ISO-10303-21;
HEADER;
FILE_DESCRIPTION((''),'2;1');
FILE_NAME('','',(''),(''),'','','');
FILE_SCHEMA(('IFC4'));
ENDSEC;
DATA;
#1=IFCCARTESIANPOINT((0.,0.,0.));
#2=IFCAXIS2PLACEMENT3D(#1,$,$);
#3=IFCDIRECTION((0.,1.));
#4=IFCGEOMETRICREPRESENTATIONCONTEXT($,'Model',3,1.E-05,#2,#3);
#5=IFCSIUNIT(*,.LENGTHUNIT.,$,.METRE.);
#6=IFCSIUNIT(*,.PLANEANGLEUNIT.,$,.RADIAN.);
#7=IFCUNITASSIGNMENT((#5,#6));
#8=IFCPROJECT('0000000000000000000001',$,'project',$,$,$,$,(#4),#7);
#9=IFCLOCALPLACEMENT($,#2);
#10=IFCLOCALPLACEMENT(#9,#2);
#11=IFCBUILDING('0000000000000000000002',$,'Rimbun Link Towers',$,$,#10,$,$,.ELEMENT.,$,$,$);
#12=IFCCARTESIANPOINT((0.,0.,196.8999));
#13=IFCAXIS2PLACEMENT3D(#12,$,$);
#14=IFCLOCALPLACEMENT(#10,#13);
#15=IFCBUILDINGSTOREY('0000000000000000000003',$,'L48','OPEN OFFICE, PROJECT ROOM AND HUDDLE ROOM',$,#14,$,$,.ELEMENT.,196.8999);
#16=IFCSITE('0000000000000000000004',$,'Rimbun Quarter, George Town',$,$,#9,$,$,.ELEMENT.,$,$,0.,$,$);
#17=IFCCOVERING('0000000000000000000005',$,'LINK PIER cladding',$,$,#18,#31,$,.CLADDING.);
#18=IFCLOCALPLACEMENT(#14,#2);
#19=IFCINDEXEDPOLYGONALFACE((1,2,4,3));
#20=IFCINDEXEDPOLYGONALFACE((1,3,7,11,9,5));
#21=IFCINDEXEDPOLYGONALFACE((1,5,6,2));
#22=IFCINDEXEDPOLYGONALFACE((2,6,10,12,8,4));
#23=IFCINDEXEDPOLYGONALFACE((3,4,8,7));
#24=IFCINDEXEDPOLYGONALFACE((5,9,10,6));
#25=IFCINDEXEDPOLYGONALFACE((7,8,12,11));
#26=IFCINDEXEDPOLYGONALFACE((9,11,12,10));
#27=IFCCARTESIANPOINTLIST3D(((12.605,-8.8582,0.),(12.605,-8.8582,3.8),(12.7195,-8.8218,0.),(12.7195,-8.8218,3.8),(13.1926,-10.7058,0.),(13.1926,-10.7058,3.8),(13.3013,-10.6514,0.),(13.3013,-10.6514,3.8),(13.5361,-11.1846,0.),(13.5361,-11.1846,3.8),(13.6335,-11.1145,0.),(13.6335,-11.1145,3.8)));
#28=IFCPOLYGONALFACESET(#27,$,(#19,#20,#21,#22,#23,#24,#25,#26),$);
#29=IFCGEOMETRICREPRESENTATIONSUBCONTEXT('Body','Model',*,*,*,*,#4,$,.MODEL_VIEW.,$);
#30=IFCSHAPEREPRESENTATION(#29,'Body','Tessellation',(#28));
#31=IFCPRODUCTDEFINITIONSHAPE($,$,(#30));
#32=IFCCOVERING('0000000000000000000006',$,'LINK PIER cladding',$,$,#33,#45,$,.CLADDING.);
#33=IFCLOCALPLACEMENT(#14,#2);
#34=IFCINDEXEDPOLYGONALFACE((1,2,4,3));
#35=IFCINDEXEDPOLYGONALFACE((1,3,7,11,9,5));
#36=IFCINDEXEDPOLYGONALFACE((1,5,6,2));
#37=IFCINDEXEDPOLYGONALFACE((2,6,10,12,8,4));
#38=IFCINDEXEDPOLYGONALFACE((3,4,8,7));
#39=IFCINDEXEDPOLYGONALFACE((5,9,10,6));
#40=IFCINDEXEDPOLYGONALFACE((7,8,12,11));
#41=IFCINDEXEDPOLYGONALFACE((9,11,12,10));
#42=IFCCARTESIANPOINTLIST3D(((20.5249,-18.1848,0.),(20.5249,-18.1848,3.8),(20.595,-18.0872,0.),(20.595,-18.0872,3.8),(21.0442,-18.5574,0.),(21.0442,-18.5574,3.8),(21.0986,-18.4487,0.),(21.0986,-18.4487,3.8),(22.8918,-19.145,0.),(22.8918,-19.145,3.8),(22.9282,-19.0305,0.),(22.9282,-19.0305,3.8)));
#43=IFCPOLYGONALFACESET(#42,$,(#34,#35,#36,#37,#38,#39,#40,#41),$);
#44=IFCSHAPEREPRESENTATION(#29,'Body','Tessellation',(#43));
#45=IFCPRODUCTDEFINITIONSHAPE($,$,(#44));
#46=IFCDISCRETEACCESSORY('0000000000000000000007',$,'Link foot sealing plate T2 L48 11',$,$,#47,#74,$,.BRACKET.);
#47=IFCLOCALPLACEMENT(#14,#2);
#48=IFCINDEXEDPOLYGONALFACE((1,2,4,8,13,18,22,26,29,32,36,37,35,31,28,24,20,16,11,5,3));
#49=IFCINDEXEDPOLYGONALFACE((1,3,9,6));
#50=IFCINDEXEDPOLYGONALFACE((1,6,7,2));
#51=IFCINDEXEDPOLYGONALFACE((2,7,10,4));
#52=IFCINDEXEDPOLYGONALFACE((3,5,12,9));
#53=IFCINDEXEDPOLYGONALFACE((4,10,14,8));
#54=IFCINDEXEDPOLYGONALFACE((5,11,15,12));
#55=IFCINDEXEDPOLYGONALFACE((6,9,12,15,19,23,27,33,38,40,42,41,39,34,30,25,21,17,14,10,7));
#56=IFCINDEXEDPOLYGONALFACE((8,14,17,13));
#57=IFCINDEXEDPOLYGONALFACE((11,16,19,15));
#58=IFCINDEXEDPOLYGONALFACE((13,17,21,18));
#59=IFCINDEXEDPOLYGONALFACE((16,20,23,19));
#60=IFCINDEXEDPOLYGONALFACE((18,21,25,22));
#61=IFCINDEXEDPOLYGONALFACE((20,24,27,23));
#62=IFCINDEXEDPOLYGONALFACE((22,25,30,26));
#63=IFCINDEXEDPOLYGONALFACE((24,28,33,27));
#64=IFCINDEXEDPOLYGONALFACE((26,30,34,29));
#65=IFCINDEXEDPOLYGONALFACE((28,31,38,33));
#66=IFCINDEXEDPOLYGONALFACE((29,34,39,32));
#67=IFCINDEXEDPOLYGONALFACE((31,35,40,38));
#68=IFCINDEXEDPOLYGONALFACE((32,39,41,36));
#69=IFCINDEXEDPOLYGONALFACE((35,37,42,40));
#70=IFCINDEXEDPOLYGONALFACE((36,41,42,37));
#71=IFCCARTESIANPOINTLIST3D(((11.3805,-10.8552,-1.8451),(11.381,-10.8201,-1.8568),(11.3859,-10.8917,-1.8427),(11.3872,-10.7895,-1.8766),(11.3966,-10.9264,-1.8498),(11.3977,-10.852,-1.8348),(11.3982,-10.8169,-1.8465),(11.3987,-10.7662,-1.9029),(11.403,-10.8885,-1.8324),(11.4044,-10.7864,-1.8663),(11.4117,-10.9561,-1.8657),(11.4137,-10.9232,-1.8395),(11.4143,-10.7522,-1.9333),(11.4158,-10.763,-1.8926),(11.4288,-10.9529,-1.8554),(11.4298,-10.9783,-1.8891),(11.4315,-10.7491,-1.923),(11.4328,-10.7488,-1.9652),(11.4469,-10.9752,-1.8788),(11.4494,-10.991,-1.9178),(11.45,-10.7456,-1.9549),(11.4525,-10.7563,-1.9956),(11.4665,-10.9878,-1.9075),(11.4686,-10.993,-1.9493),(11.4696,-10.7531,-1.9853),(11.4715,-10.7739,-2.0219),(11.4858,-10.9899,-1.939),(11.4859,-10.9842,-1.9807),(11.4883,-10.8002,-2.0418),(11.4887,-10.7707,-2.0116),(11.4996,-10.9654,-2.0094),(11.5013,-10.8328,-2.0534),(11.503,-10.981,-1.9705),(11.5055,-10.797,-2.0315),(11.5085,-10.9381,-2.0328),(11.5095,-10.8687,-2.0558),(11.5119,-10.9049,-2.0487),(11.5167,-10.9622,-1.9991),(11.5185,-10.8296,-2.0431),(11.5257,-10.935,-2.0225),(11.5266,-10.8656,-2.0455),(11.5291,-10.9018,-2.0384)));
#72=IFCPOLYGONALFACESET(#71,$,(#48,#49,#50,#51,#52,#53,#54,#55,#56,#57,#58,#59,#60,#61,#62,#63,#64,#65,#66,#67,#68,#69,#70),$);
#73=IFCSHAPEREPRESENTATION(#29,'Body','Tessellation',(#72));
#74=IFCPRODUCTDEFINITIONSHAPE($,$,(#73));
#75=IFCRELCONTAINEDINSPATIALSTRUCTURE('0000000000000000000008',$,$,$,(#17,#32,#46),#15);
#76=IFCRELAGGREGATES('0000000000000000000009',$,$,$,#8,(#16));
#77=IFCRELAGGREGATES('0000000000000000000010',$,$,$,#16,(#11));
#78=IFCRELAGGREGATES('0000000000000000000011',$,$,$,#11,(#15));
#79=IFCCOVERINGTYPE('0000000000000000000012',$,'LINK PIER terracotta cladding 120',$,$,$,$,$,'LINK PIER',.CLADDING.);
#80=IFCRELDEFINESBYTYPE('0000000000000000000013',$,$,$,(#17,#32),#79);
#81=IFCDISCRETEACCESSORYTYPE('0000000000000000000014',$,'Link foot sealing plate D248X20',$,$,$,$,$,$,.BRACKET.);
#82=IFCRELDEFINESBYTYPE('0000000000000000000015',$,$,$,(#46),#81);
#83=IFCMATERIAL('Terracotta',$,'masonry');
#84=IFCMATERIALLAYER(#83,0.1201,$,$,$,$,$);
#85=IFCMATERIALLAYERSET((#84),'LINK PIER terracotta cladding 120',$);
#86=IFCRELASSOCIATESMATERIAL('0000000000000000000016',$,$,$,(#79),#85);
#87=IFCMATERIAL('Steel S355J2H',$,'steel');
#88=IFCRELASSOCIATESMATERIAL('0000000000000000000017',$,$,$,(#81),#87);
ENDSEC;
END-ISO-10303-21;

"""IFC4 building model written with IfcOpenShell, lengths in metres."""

from ifc_helpers import new_model, si_unit, direction, frame, origin, origin_2d, place, context, subcontext, project, spatial, polyline, circle, outline, extrude, material, layer, layer_set, material_profile, profile_set, type_object, element, save


model = new_model("IFC4")

# Units and contexts
model_context = context("Model", 3, precision=1e-05, world=origin(), true_north=direction((0.0, 1.0)))
body_context = subcontext(model_context, "Body", "Model", "MODEL_VIEW")
ifc_project = project(units=[si_unit("LENGTHUNIT", "METRE"), si_unit("PLANEANGLEUNIT", "RADIAN")], contexts=[model_context])

# Site, building, storey
site_placement = place(None, origin())
site = spatial("IfcSite", under=ifc_project, at=site_placement, Name="Rimbun Quarter, George Town", CompositionType="ELEMENT", RefElevation=0.0)
building_placement = place(site_placement, origin())
building = spatial("IfcBuilding", under=site, at=building_placement, Name="Rimbun Link Towers", CompositionType="ELEMENT")
storey_placement = place(building_placement, frame((0.0, 0.0, 196.8999)))
storey = spatial("IfcBuildingStorey", under=building, at=storey_placement, Name="L48", Description="OPEN OFFICE, PROJECT ROOM AND HUDDLE ROOM", CompositionType="ELEMENT", Elevation=196.8999)

# Coverings
ifc_material_1 = material(Name="Terracotta", Category="masonry")
ifc_layer_1 = layer(ifc_material_1, 0.1201)
ifc_layer_set_1 = layer_set([ifc_layer_1], Name="LINK PIER terracotta cladding 120")
covering_type_1 = type_object("IfcCoveringType", Name="LINK PIER terracotta cladding 120", ElementType="LINK PIER", PredefinedType="CLADDING", material=ifc_layer_set_1)
covering_1_placement = place(storey_placement, origin())
element("IfcCovering", 1, at=covering_1_placement, inside=storey, type_object=covering_type_1, Name="LINK PIER cladding", PredefinedType="CLADDING", context=body_context, shape_type="SweptSolid", body=[
    extrude(outline(polyline([(13.6335, -11.1145), (13.3013, -10.6514), (12.7195, -8.8218), (12.605, -8.8582), (13.1926, -10.7058), (13.5361, -11.1846), (13.6335, -11.1145)])), origin(), (0.0, 0.0, 1.0), 3.8),
])
covering_2_placement = place(storey_placement, origin())
element("IfcCovering", 2, at=covering_2_placement, inside=storey, type_object=covering_type_1, Name="LINK PIER cladding", PredefinedType="CLADDING", context=body_context, shape_type="SweptSolid", body=[
    extrude(outline(polyline([(22.9282, -19.0305), (21.0986, -18.4487), (20.595, -18.0872), (20.5249, -18.1848), (21.0442, -18.5574), (22.8918, -19.145), (22.9282, -19.0305)])), origin(), (0.0, 0.0, 1.0), 3.8),
])

# Discrete accessory
ifc_material_2 = material(Name="Steel S355J2H", Category="steel")
ifc_material_profile_1 = material_profile(ifc_material_2, circle(Radius=0.124, at=origin_2d()), Name="PL D248")
ifc_profile_set_1 = profile_set([ifc_material_profile_1], Name="Steel S355J2H")
discrete_accessory_type = type_object("IfcDiscreteAccessoryType", Name="Link foot sealing plate D248X20", PredefinedType="BRACKET", material=ifc_profile_set_1)
discrete_accessory_placement = place(storey_placement, frame((11.4631, -10.8679, -1.939), z_axis=(-0.846822, -0.157267, -0.508093), x_axis=(0.182592, -0.983189, 0.0)))
element("IfcDiscreteAccessory", 3, at=discrete_accessory_placement, inside=storey, type_object=discrete_accessory_type, Name="Link foot sealing plate T2 L48 11", PredefinedType="BRACKET", context=body_context, shape_type="SweptSolid", body=[
    extrude(circle(Radius=0.124, at=origin_2d()), origin(), (0.0, 0.0, 1.0), 0.0203),
])

save(model, "model.ifc")
